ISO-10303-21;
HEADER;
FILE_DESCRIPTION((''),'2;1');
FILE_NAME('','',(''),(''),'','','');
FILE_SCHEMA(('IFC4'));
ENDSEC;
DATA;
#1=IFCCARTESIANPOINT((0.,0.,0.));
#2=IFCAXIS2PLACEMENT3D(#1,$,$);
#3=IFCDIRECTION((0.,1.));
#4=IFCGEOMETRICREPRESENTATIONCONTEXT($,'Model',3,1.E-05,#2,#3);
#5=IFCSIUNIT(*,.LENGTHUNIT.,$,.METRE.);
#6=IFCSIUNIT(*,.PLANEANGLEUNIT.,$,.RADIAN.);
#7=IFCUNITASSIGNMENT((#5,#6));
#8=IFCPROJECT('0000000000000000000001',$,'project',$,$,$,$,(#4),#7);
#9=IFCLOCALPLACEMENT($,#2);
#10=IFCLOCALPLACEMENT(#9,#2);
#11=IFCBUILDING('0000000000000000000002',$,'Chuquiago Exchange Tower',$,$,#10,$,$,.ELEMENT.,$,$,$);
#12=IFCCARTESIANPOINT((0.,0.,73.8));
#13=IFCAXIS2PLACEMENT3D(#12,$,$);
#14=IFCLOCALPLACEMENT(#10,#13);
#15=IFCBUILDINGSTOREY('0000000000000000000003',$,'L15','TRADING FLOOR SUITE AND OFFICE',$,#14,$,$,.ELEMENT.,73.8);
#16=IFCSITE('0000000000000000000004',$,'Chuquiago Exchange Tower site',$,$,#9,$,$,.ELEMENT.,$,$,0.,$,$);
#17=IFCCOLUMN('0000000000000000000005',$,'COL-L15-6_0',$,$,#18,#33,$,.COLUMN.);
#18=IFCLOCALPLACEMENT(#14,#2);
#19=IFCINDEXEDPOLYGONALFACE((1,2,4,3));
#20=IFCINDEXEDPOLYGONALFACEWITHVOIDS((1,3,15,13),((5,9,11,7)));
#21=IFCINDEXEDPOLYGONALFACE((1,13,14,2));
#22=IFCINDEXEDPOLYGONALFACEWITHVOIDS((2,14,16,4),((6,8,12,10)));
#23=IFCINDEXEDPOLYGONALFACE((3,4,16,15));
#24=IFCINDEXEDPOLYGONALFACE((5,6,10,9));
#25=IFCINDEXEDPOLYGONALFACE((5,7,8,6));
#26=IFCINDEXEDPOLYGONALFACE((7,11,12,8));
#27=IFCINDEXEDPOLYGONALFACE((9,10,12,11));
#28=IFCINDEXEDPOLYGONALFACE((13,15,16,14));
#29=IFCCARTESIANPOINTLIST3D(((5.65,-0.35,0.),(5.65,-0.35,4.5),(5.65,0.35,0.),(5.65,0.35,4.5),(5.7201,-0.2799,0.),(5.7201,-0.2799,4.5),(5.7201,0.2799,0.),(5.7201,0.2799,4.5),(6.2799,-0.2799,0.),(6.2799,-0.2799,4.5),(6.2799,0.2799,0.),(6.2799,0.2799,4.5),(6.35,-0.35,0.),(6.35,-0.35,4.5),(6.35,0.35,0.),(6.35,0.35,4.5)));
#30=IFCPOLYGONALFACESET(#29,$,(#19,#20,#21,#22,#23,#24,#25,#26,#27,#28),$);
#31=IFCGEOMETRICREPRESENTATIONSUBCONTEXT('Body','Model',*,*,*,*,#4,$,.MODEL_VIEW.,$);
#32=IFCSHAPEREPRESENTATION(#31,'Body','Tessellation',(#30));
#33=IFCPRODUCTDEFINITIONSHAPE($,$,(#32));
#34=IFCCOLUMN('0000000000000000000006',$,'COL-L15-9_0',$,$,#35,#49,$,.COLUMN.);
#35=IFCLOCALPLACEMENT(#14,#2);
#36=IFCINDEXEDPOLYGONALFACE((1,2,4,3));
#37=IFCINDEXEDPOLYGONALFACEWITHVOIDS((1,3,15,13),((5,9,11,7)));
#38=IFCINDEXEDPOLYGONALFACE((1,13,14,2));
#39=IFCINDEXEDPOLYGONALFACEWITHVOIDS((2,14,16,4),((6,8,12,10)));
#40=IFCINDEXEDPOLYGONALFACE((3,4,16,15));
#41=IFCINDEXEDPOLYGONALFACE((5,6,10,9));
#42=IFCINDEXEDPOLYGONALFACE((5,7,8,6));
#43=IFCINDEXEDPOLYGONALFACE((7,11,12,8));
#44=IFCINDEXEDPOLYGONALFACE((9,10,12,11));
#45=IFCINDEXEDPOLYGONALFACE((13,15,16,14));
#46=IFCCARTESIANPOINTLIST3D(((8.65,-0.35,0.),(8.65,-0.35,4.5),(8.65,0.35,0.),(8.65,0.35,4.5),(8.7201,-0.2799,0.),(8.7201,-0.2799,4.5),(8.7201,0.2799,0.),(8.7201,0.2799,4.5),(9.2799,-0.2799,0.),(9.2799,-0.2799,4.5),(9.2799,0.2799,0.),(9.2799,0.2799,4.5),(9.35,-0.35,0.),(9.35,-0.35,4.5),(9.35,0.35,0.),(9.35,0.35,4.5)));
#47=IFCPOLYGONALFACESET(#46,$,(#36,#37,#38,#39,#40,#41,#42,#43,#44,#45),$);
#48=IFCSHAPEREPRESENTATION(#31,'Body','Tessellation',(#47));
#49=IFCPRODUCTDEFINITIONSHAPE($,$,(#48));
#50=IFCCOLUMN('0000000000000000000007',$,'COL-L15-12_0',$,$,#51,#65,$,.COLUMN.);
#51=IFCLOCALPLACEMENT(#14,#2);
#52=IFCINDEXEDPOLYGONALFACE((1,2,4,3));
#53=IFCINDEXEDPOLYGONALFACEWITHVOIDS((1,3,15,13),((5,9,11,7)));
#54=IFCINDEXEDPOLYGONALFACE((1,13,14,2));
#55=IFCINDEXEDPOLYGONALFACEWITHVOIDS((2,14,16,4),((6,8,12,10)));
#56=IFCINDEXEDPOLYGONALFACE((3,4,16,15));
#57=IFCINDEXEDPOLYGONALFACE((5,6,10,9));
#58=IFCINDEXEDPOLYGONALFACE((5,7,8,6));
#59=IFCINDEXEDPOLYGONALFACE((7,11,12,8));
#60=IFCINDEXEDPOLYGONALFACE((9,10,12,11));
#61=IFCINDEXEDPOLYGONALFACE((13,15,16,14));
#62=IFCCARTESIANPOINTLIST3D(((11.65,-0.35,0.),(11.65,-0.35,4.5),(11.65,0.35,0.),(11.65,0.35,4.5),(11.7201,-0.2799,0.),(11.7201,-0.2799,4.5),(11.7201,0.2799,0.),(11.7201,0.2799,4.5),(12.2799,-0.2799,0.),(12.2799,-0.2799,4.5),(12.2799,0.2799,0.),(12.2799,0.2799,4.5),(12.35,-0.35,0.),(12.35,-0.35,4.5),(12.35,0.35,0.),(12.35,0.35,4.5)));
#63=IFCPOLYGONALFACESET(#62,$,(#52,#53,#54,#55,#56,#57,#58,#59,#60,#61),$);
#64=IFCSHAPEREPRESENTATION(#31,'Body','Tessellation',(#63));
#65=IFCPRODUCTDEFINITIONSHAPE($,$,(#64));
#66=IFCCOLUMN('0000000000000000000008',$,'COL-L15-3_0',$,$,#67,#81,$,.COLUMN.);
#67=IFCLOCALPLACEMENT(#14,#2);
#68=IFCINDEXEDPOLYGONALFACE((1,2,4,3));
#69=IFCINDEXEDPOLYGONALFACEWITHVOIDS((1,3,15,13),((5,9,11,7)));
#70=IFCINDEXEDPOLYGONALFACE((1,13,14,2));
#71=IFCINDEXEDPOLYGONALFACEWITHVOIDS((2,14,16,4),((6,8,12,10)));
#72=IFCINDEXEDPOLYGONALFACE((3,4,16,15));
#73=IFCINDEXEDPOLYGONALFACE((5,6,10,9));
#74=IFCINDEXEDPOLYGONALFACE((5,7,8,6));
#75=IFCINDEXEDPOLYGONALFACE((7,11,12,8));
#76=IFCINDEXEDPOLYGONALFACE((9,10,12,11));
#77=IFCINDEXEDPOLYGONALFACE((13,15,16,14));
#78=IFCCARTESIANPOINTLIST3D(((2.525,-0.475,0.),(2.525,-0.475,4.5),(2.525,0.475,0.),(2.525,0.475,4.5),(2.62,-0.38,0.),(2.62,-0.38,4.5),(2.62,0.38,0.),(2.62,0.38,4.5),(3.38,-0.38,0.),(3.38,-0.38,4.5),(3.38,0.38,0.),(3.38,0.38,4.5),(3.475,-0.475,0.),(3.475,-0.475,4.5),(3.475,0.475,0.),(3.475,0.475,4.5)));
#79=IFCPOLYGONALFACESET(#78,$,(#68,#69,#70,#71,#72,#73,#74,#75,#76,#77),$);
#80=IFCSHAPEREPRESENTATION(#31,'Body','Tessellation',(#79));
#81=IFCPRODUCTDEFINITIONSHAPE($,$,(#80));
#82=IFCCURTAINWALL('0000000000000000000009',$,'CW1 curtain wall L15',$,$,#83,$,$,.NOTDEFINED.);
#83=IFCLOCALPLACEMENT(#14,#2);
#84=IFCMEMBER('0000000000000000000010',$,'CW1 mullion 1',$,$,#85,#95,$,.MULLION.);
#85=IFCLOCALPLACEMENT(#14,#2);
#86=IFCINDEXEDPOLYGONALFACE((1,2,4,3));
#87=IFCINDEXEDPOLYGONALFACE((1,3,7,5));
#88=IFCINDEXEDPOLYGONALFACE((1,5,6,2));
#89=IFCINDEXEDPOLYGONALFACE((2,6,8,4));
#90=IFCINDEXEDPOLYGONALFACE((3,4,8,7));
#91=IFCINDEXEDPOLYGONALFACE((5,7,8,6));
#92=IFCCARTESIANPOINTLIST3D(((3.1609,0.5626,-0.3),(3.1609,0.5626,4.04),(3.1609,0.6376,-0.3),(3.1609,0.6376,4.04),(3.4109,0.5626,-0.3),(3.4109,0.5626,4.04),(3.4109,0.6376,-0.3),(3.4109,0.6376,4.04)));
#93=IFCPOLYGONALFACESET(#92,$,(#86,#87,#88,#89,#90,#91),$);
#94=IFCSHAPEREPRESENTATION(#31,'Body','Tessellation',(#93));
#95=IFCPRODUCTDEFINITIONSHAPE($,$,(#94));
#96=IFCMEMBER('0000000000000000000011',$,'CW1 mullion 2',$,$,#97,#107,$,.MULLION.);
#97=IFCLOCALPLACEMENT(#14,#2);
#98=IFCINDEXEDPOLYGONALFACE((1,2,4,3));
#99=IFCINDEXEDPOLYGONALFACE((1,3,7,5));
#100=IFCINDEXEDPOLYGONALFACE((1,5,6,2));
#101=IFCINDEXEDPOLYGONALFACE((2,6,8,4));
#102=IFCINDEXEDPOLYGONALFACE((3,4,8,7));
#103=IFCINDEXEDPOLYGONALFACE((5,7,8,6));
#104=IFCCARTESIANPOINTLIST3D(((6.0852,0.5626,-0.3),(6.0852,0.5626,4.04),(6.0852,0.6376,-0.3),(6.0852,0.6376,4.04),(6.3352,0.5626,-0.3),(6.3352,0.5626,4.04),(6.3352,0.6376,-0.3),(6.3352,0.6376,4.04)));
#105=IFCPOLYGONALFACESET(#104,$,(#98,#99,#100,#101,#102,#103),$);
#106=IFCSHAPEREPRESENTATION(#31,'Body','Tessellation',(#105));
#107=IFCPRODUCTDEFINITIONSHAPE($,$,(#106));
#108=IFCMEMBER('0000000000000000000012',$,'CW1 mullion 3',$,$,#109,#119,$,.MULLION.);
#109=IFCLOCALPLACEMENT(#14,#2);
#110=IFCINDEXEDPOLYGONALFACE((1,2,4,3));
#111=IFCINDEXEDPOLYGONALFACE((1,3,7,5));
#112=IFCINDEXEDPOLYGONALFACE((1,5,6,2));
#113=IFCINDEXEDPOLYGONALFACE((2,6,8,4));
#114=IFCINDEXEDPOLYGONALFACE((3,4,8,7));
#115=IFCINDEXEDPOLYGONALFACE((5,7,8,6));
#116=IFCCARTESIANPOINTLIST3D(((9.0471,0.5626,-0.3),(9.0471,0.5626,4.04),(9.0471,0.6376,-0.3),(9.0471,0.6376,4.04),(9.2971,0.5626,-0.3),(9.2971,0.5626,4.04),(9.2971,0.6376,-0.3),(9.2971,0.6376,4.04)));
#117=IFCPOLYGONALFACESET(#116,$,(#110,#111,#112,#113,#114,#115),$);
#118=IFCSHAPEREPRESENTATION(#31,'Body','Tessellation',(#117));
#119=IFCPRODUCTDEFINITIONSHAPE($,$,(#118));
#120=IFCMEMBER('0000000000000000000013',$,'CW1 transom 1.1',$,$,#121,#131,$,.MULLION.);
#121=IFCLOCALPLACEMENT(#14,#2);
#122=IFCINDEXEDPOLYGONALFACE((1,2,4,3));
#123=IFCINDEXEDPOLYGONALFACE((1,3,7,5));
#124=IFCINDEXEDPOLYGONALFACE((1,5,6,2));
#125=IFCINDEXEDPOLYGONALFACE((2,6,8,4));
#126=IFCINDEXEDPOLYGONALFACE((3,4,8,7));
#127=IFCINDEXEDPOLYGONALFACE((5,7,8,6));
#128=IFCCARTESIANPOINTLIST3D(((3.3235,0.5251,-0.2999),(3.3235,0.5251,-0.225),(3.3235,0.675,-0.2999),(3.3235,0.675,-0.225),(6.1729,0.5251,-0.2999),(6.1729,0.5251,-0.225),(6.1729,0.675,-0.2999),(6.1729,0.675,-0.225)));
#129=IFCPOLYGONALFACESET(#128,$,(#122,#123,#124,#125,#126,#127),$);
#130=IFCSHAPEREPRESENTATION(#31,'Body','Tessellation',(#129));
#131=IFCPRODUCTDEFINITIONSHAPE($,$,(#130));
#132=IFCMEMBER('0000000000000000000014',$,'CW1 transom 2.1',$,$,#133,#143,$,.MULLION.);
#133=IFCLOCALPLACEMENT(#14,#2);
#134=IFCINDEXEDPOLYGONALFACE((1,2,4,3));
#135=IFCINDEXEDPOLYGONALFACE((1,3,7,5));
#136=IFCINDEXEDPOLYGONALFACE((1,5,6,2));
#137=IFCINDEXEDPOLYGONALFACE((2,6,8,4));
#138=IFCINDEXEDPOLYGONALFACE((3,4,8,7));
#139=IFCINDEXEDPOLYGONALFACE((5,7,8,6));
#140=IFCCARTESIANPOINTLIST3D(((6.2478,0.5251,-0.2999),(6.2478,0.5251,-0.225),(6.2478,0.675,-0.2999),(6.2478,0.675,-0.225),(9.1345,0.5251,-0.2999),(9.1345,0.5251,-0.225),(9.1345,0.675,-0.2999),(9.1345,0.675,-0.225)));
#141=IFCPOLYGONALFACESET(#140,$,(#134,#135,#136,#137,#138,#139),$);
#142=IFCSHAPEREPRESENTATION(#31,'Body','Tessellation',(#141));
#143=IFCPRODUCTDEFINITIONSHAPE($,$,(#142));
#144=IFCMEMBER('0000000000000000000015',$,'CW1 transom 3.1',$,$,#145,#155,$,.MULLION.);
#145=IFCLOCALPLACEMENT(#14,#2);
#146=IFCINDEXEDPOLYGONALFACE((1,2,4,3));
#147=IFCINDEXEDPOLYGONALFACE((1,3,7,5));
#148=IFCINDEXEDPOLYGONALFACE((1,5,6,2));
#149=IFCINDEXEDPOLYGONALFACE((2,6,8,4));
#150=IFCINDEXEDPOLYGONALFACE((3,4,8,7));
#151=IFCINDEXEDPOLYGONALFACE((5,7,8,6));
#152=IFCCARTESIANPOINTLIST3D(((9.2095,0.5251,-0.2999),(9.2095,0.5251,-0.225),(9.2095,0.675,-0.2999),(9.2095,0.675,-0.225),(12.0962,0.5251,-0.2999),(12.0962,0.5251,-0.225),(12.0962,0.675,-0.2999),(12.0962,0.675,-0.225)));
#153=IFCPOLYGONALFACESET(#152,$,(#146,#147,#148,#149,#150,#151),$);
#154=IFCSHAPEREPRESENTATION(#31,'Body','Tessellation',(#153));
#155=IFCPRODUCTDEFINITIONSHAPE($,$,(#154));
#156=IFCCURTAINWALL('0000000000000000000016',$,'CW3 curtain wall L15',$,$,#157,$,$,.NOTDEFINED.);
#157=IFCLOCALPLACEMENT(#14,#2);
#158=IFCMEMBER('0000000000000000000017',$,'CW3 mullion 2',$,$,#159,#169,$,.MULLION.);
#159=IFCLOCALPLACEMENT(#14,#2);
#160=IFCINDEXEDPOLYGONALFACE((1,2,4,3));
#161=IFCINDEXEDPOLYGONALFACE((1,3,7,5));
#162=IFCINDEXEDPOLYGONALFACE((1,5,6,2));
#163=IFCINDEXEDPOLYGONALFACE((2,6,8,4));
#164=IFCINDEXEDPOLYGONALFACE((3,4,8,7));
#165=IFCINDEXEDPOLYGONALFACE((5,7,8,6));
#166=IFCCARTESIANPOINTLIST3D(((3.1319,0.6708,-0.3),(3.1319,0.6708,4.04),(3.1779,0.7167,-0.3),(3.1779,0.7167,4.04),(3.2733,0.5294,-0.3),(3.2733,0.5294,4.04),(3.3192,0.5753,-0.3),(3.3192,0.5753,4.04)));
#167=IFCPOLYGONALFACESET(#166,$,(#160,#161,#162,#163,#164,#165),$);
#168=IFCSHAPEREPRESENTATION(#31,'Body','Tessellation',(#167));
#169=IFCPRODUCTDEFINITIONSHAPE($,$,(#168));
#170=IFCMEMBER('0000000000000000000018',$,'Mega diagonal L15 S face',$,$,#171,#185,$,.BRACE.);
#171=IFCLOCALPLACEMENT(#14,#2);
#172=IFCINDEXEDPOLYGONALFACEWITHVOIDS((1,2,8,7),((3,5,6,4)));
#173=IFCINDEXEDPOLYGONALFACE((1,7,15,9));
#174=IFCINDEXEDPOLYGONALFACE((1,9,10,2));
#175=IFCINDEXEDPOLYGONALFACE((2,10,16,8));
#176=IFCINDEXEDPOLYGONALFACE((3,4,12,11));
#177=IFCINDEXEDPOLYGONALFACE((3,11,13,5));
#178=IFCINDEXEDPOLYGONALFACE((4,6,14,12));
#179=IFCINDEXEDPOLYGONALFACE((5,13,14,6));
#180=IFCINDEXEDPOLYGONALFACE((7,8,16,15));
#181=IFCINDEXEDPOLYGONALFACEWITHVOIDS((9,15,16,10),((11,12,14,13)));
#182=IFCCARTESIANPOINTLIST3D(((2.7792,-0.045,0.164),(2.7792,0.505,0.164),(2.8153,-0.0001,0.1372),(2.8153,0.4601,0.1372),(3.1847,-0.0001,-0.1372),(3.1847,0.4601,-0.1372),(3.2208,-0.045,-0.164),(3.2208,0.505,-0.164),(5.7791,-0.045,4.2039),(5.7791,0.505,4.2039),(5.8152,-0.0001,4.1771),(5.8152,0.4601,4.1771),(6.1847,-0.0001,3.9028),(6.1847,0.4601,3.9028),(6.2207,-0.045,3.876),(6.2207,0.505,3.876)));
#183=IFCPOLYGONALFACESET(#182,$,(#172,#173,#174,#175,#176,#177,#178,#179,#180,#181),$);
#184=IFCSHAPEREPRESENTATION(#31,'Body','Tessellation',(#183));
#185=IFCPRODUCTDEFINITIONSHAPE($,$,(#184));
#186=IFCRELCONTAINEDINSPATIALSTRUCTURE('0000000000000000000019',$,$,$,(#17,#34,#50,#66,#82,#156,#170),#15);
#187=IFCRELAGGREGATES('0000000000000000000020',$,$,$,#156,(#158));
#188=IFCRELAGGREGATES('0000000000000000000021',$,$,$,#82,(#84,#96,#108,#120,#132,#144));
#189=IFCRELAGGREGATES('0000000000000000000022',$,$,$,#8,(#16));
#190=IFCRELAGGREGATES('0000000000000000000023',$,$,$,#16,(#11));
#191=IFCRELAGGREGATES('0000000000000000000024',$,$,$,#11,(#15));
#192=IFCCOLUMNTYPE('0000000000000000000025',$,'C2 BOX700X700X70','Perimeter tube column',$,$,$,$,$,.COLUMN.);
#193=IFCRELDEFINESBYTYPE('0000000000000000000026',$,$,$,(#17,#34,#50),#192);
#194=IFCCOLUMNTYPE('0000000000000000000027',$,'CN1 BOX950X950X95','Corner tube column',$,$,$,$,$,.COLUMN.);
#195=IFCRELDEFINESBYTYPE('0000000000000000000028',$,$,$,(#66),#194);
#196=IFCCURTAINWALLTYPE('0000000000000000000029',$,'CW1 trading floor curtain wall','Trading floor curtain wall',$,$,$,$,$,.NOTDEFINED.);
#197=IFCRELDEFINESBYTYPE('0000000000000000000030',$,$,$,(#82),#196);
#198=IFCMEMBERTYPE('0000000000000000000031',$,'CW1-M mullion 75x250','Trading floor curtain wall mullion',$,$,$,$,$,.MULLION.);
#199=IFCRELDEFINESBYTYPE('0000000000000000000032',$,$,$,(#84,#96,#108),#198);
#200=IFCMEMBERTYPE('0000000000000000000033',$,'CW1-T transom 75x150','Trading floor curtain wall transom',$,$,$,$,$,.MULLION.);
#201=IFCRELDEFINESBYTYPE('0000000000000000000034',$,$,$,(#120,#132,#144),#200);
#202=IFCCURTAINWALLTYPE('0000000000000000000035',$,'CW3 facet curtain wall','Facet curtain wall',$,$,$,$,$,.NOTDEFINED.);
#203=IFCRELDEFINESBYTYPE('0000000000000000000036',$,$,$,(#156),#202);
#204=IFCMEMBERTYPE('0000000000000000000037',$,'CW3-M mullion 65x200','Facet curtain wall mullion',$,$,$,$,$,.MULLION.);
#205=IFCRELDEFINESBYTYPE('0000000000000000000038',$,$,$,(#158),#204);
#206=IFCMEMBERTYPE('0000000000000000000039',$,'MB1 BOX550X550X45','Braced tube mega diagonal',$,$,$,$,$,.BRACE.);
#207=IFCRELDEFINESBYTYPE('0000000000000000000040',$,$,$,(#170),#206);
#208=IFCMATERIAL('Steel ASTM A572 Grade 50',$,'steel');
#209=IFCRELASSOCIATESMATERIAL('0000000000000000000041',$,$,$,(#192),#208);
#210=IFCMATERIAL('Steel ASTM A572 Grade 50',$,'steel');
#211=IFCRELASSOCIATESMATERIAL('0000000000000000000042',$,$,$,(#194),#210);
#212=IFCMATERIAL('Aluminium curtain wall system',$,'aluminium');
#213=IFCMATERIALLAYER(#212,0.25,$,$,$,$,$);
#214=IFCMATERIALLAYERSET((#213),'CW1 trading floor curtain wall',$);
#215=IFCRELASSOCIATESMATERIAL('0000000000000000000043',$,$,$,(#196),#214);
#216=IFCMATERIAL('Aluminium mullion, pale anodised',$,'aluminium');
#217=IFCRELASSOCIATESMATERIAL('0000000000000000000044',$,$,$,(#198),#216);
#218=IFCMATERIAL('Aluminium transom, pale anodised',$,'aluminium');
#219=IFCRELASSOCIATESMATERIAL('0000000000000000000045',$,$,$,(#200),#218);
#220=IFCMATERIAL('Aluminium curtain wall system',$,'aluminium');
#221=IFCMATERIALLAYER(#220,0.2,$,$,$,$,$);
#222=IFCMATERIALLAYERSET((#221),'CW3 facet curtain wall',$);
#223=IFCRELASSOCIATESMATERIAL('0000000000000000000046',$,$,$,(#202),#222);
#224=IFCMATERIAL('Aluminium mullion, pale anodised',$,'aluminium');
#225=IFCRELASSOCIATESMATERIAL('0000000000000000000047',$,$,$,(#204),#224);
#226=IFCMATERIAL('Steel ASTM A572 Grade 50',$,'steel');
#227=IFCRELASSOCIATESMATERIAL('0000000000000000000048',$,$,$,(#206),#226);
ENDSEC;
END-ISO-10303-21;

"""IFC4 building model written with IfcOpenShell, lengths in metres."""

from ifc_helpers import new_model, si_unit, direction, frame, origin, origin_2d, place, context, subcontext, project, spatial, rectangle, hollow_rectangle, extrude, material, layer, layer_set, material_profile, profile_set, type_object, element, aggregate, save


model = new_model("IFC4")

# Units and contexts
model_context = context("Model", 3, precision=1e-05, world=origin(), true_north=direction((0.0, 1.0)))
body_context = subcontext(model_context, "Body", "Model", "MODEL_VIEW")
ifc_project = project(units=[si_unit("LENGTHUNIT", "METRE"), si_unit("PLANEANGLEUNIT", "RADIAN")], contexts=[model_context])

# Site, building, storey
site_placement = place(None, origin())
site = spatial("IfcSite", under=ifc_project, at=site_placement, Name="Chuquiago Exchange Tower site", CompositionType="ELEMENT", RefElevation=0.0)
building_placement = place(site_placement, origin())
building = spatial("IfcBuilding", under=site, at=building_placement, Name="Chuquiago Exchange Tower", CompositionType="ELEMENT")
storey_placement = place(building_placement, frame((0.0, 0.0, 73.8)))
storey = spatial("IfcBuildingStorey", under=building, at=storey_placement, Name="L15", Description="TRADING FLOOR SUITE AND OFFICE", CompositionType="ELEMENT", Elevation=73.8)

# Columns
ifc_material_1 = material(Name="Steel ASTM A572 Grade 50", Category="steel")
ifc_material_profile_1 = material_profile(ifc_material_1, hollow_rectangle(XDim=0.7, YDim=0.7, WallThickness=0.0701, at=origin_2d()), Name="BOX700X700X70")
ifc_profile_set_1 = profile_set([ifc_material_profile_1], Name="Steel ASTM A572 Grade 50")
column_type_1 = type_object("IfcColumnType", Name="C2 BOX700X700X70", Description="Perimeter tube column", PredefinedType="COLUMN", material=ifc_profile_set_1)
for number, where, z_axis, x_axis, name in (
    (1, (6.0, 0.0, 0.0), (0.0, 0.0, 1.0), (0.0, -1.0, 0.0), "COL-L15-6_0"),
    (2, (9.0, 0.0, 0.0), (0.0, 0.0, 1.0), (0.0, -1.0, 0.0), "COL-L15-9_0"),
    (3, (12.0, 0.0, 0.0), (0.0, 0.0, 1.0), (0.0, -1.0, 0.0), "COL-L15-12_0"),
):
    element("IfcColumn", number, at=place(storey_placement, frame(where, z_axis=z_axis, x_axis=x_axis)), inside=storey, type_object=column_type_1, Name=name, PredefinedType="COLUMN", context=body_context, shape_type="SweptSolid", body=[
        extrude(hollow_rectangle(XDim=0.7, YDim=0.7, WallThickness=0.0701, at=origin_2d()), origin(), (0.0, 0.0, 1.0), 4.5),
    ])
ifc_material_2 = material(Name="Steel ASTM A572 Grade 50", Category="steel")
ifc_material_profile_2 = material_profile(ifc_material_2, hollow_rectangle(XDim=0.95, YDim=0.95, WallThickness=0.095, at=origin_2d()), Name="BOX950X950X95")
ifc_profile_set_2 = profile_set([ifc_material_profile_2], Name="Steel ASTM A572 Grade 50")
column_type_2 = type_object("IfcColumnType", Name="CN1 BOX950X950X95", Description="Corner tube column", PredefinedType="COLUMN", material=ifc_profile_set_2)
column_placement = place(storey_placement, frame((3.0, 0.0, 0.0), z_axis=(0.0, 0.0, 1.0), x_axis=(0.0, -1.0, 0.0)))
element("IfcColumn", 4, at=column_placement, inside=storey, type_object=column_type_2, Name="COL-L15-3_0", PredefinedType="COLUMN", context=body_context, shape_type="SweptSolid", body=[
    extrude(hollow_rectangle(XDim=0.95, YDim=0.95, WallThickness=0.095, at=origin_2d()), origin(), (0.0, 0.0, 1.0), 4.5),
])

# Curtain wall, members
ifc_material_3 = material(Name="Aluminium curtain wall system", Category="aluminium")
ifc_layer_1 = layer(ifc_material_3, 0.25)
ifc_layer_set_1 = layer_set([ifc_layer_1], Name="CW1 trading floor curtain wall")
curtain_wall_type_1 = type_object("IfcCurtainWallType", Name="CW1 trading floor curtain wall", Description="Trading floor curtain wall", PredefinedType="NOTDEFINED", material=ifc_layer_set_1)
curtain_wall_1_placement = place(storey_placement, origin())
curtain_wall_1 = element("IfcCurtainWall", 5, at=curtain_wall_1_placement, inside=storey, type_object=curtain_wall_type_1, Name="CW1 curtain wall L15", PredefinedType="NOTDEFINED")
ifc_material_4 = material(Name="Aluminium mullion, pale anodised", Category="aluminium")
ifc_material_profile_3 = material_profile(ifc_material_4, rectangle(XDim=0.075, YDim=0.25, at=origin_2d()), Name="AL 75x250")
ifc_profile_set_3 = profile_set([ifc_material_profile_3], Name="Aluminium mullion, pale anodised")
member_type_1 = type_object("IfcMemberType", Name="CW1-M mullion 75x250", Description="Trading floor curtain wall mullion", PredefinedType="MULLION", material=ifc_profile_set_3)
member_1_placement = place(storey_placement, frame((3.2859, 0.6001, -0.3), z_axis=(0.0, 0.0, 1.0), x_axis=(0.0, 1.0, 0.0)))
member_1 = element("IfcMember", 6, at=member_1_placement, type_object=member_type_1, Name="CW1 mullion 1", PredefinedType="MULLION", context=body_context, shape_type="SweptSolid", body=[
    extrude(rectangle(XDim=0.075, YDim=0.25, at=origin_2d()), origin(), (0.0, 0.0, 1.0), 4.3401),
])
member_2_placement = place(storey_placement, frame((6.2102, 0.6001, -0.3), z_axis=(0.0, 0.0, 1.0), x_axis=(0.0, 1.0, 0.0)))
member_2 = element("IfcMember", 7, at=member_2_placement, type_object=member_type_1, Name="CW1 mullion 2", PredefinedType="MULLION", context=body_context, shape_type="SweptSolid", body=[
    extrude(rectangle(XDim=0.075, YDim=0.25, at=origin_2d()), origin(), (0.0, 0.0, 1.0), 4.3401),
])
member_3_placement = place(storey_placement, frame((9.1721, 0.6001, -0.3), z_axis=(0.0, 0.0, 1.0), x_axis=(0.0, 1.0, 0.0)))
member_3 = element("IfcMember", 8, at=member_3_placement, type_object=member_type_1, Name="CW1 mullion 3", PredefinedType="MULLION", context=body_context, shape_type="SweptSolid", body=[
    extrude(rectangle(XDim=0.075, YDim=0.25, at=origin_2d()), origin(), (0.0, 0.0, 1.0), 4.3401),
])
ifc_material_5 = material(Name="Aluminium transom, pale anodised", Category="aluminium")
ifc_material_profile_4 = material_profile(ifc_material_5, rectangle(XDim=0.1499, YDim=0.075, at=origin_2d()), Name="AL 150x75")
ifc_profile_set_4 = profile_set([ifc_material_profile_4], Name="Aluminium transom, pale anodised")
member_type_2 = type_object("IfcMemberType", Name="CW1-T transom 75x150", Description="Trading floor curtain wall transom", PredefinedType="MULLION", material=ifc_profile_set_4)
member_4_placement = place(storey_placement, frame((3.3235, 0.6001, -0.2625), z_axis=(1.0, 0.0, 0.0), x_axis=(0.0, 1.0, 0.0)))
member_4 = element("IfcMember", 9, at=member_4_placement, type_object=member_type_2, Name="CW1 transom 1.1", PredefinedType="MULLION", context=body_context, shape_type="SweptSolid", body=[
    extrude(rectangle(XDim=0.1499, YDim=0.075, at=origin_2d()), origin(), (0.0, 0.0, 1.0), 2.8494),
])
member_5_placement = place(storey_placement, frame((6.2478, 0.6001, -0.2625), z_axis=(1.0, 0.0, 0.0), x_axis=(0.0, 1.0, 0.0)))
member_5 = element("IfcMember", 10, at=member_5_placement, type_object=member_type_2, Name="CW1 transom 2.1", PredefinedType="MULLION", context=body_context, shape_type="SweptSolid", body=[
    extrude(rectangle(XDim=0.1499, YDim=0.075, at=origin_2d()), origin(), (0.0, 0.0, 1.0), 2.8867),
])
member_6_placement = place(storey_placement, frame((9.2095, 0.6001, -0.2625), z_axis=(1.0, 0.0, 0.0), x_axis=(0.0, 1.0, 0.0)))
member_6 = element("IfcMember", 11, at=member_6_placement, type_object=member_type_2, Name="CW1 transom 3.1", PredefinedType="MULLION", context=body_context, shape_type="SweptSolid", body=[
    extrude(rectangle(XDim=0.1499, YDim=0.075, at=origin_2d()), origin(), (0.0, 0.0, 1.0), 2.8867),
])

# Curtain wall, member
ifc_material_6 = material(Name="Aluminium curtain wall system", Category="aluminium")
ifc_layer_2 = layer(ifc_material_6, 0.2)
ifc_layer_set_2 = layer_set([ifc_layer_2], Name="CW3 facet curtain wall")
curtain_wall_type_2 = type_object("IfcCurtainWallType", Name="CW3 facet curtain wall", Description="Facet curtain wall", PredefinedType="NOTDEFINED", material=ifc_layer_set_2)
curtain_wall_2_placement = place(storey_placement, origin())
curtain_wall_2 = element("IfcCurtainWall", 12, at=curtain_wall_2_placement, inside=storey, type_object=curtain_wall_type_2, Name="CW3 curtain wall L15", PredefinedType="NOTDEFINED")
ifc_material_7 = material(Name="Aluminium mullion, pale anodised", Category="aluminium")
ifc_material_profile_5 = material_profile(ifc_material_7, rectangle(XDim=0.0649, YDim=0.2, at=origin_2d()), Name="AL 65x200")
ifc_profile_set_5 = profile_set([ifc_material_profile_5], Name="Aluminium mullion, pale anodised")
member_type_3 = type_object("IfcMemberType", Name="CW3-M mullion 65x200", Description="Facet curtain wall mullion", PredefinedType="MULLION", material=ifc_profile_set_5)
member_7_placement = place(storey_placement, frame((3.2256, 0.623, -0.3), z_axis=(0.0, 0.0, 1.0), x_axis=(0.707107, 0.707107, 0.0)))
member_7 = element("IfcMember", 13, at=member_7_placement, type_object=member_type_3, Name="CW3 mullion 2", PredefinedType="MULLION", context=body_context, shape_type="SweptSolid", body=[
    extrude(rectangle(XDim=0.0649, YDim=0.2, at=origin_2d()), origin(), (0.0, 0.0, 1.0), 4.3401),
])
aggregate(curtain_wall_2, [member_7])

# Member
ifc_material_8 = material(Name="Steel ASTM A572 Grade 50", Category="steel")
ifc_material_profile_6 = material_profile(ifc_material_8, hollow_rectangle(XDim=0.55, YDim=0.55, WallThickness=0.0449, at=origin_2d()), Name="BOX550X550X45")
ifc_profile_set_6 = profile_set([ifc_material_profile_6], Name="Steel ASTM A572 Grade 50")
member_type_4 = type_object("IfcMemberType", Name="MB1 BOX550X550X45", Description="Braced tube mega diagonal", PredefinedType="BRACE", material=ifc_profile_set_6)
for number, where, z_axis, x_axis, name in (
    (14, (3.0, 0.23, 0.0), (0.596174, 0.0, 0.802855), (0.0, 1.0, 0.0), "Mega diagonal L15 S face"),
):
    element("IfcMember", number, at=place(storey_placement, frame(where, z_axis=z_axis, x_axis=x_axis)), inside=storey, type_object=member_type_4, Name=name, PredefinedType="BRACE", context=body_context, shape_type="SweptSolid", body=[
        extrude(hollow_rectangle(XDim=0.55, YDim=0.55, WallThickness=0.0449, at=origin_2d()), origin(), (0.0, 0.0, 1.0), 5.032),
    ])

aggregate(curtain_wall_1, [member_1, member_2, member_3, member_4, member_5, member_6])

save(model, "model.ifc")
